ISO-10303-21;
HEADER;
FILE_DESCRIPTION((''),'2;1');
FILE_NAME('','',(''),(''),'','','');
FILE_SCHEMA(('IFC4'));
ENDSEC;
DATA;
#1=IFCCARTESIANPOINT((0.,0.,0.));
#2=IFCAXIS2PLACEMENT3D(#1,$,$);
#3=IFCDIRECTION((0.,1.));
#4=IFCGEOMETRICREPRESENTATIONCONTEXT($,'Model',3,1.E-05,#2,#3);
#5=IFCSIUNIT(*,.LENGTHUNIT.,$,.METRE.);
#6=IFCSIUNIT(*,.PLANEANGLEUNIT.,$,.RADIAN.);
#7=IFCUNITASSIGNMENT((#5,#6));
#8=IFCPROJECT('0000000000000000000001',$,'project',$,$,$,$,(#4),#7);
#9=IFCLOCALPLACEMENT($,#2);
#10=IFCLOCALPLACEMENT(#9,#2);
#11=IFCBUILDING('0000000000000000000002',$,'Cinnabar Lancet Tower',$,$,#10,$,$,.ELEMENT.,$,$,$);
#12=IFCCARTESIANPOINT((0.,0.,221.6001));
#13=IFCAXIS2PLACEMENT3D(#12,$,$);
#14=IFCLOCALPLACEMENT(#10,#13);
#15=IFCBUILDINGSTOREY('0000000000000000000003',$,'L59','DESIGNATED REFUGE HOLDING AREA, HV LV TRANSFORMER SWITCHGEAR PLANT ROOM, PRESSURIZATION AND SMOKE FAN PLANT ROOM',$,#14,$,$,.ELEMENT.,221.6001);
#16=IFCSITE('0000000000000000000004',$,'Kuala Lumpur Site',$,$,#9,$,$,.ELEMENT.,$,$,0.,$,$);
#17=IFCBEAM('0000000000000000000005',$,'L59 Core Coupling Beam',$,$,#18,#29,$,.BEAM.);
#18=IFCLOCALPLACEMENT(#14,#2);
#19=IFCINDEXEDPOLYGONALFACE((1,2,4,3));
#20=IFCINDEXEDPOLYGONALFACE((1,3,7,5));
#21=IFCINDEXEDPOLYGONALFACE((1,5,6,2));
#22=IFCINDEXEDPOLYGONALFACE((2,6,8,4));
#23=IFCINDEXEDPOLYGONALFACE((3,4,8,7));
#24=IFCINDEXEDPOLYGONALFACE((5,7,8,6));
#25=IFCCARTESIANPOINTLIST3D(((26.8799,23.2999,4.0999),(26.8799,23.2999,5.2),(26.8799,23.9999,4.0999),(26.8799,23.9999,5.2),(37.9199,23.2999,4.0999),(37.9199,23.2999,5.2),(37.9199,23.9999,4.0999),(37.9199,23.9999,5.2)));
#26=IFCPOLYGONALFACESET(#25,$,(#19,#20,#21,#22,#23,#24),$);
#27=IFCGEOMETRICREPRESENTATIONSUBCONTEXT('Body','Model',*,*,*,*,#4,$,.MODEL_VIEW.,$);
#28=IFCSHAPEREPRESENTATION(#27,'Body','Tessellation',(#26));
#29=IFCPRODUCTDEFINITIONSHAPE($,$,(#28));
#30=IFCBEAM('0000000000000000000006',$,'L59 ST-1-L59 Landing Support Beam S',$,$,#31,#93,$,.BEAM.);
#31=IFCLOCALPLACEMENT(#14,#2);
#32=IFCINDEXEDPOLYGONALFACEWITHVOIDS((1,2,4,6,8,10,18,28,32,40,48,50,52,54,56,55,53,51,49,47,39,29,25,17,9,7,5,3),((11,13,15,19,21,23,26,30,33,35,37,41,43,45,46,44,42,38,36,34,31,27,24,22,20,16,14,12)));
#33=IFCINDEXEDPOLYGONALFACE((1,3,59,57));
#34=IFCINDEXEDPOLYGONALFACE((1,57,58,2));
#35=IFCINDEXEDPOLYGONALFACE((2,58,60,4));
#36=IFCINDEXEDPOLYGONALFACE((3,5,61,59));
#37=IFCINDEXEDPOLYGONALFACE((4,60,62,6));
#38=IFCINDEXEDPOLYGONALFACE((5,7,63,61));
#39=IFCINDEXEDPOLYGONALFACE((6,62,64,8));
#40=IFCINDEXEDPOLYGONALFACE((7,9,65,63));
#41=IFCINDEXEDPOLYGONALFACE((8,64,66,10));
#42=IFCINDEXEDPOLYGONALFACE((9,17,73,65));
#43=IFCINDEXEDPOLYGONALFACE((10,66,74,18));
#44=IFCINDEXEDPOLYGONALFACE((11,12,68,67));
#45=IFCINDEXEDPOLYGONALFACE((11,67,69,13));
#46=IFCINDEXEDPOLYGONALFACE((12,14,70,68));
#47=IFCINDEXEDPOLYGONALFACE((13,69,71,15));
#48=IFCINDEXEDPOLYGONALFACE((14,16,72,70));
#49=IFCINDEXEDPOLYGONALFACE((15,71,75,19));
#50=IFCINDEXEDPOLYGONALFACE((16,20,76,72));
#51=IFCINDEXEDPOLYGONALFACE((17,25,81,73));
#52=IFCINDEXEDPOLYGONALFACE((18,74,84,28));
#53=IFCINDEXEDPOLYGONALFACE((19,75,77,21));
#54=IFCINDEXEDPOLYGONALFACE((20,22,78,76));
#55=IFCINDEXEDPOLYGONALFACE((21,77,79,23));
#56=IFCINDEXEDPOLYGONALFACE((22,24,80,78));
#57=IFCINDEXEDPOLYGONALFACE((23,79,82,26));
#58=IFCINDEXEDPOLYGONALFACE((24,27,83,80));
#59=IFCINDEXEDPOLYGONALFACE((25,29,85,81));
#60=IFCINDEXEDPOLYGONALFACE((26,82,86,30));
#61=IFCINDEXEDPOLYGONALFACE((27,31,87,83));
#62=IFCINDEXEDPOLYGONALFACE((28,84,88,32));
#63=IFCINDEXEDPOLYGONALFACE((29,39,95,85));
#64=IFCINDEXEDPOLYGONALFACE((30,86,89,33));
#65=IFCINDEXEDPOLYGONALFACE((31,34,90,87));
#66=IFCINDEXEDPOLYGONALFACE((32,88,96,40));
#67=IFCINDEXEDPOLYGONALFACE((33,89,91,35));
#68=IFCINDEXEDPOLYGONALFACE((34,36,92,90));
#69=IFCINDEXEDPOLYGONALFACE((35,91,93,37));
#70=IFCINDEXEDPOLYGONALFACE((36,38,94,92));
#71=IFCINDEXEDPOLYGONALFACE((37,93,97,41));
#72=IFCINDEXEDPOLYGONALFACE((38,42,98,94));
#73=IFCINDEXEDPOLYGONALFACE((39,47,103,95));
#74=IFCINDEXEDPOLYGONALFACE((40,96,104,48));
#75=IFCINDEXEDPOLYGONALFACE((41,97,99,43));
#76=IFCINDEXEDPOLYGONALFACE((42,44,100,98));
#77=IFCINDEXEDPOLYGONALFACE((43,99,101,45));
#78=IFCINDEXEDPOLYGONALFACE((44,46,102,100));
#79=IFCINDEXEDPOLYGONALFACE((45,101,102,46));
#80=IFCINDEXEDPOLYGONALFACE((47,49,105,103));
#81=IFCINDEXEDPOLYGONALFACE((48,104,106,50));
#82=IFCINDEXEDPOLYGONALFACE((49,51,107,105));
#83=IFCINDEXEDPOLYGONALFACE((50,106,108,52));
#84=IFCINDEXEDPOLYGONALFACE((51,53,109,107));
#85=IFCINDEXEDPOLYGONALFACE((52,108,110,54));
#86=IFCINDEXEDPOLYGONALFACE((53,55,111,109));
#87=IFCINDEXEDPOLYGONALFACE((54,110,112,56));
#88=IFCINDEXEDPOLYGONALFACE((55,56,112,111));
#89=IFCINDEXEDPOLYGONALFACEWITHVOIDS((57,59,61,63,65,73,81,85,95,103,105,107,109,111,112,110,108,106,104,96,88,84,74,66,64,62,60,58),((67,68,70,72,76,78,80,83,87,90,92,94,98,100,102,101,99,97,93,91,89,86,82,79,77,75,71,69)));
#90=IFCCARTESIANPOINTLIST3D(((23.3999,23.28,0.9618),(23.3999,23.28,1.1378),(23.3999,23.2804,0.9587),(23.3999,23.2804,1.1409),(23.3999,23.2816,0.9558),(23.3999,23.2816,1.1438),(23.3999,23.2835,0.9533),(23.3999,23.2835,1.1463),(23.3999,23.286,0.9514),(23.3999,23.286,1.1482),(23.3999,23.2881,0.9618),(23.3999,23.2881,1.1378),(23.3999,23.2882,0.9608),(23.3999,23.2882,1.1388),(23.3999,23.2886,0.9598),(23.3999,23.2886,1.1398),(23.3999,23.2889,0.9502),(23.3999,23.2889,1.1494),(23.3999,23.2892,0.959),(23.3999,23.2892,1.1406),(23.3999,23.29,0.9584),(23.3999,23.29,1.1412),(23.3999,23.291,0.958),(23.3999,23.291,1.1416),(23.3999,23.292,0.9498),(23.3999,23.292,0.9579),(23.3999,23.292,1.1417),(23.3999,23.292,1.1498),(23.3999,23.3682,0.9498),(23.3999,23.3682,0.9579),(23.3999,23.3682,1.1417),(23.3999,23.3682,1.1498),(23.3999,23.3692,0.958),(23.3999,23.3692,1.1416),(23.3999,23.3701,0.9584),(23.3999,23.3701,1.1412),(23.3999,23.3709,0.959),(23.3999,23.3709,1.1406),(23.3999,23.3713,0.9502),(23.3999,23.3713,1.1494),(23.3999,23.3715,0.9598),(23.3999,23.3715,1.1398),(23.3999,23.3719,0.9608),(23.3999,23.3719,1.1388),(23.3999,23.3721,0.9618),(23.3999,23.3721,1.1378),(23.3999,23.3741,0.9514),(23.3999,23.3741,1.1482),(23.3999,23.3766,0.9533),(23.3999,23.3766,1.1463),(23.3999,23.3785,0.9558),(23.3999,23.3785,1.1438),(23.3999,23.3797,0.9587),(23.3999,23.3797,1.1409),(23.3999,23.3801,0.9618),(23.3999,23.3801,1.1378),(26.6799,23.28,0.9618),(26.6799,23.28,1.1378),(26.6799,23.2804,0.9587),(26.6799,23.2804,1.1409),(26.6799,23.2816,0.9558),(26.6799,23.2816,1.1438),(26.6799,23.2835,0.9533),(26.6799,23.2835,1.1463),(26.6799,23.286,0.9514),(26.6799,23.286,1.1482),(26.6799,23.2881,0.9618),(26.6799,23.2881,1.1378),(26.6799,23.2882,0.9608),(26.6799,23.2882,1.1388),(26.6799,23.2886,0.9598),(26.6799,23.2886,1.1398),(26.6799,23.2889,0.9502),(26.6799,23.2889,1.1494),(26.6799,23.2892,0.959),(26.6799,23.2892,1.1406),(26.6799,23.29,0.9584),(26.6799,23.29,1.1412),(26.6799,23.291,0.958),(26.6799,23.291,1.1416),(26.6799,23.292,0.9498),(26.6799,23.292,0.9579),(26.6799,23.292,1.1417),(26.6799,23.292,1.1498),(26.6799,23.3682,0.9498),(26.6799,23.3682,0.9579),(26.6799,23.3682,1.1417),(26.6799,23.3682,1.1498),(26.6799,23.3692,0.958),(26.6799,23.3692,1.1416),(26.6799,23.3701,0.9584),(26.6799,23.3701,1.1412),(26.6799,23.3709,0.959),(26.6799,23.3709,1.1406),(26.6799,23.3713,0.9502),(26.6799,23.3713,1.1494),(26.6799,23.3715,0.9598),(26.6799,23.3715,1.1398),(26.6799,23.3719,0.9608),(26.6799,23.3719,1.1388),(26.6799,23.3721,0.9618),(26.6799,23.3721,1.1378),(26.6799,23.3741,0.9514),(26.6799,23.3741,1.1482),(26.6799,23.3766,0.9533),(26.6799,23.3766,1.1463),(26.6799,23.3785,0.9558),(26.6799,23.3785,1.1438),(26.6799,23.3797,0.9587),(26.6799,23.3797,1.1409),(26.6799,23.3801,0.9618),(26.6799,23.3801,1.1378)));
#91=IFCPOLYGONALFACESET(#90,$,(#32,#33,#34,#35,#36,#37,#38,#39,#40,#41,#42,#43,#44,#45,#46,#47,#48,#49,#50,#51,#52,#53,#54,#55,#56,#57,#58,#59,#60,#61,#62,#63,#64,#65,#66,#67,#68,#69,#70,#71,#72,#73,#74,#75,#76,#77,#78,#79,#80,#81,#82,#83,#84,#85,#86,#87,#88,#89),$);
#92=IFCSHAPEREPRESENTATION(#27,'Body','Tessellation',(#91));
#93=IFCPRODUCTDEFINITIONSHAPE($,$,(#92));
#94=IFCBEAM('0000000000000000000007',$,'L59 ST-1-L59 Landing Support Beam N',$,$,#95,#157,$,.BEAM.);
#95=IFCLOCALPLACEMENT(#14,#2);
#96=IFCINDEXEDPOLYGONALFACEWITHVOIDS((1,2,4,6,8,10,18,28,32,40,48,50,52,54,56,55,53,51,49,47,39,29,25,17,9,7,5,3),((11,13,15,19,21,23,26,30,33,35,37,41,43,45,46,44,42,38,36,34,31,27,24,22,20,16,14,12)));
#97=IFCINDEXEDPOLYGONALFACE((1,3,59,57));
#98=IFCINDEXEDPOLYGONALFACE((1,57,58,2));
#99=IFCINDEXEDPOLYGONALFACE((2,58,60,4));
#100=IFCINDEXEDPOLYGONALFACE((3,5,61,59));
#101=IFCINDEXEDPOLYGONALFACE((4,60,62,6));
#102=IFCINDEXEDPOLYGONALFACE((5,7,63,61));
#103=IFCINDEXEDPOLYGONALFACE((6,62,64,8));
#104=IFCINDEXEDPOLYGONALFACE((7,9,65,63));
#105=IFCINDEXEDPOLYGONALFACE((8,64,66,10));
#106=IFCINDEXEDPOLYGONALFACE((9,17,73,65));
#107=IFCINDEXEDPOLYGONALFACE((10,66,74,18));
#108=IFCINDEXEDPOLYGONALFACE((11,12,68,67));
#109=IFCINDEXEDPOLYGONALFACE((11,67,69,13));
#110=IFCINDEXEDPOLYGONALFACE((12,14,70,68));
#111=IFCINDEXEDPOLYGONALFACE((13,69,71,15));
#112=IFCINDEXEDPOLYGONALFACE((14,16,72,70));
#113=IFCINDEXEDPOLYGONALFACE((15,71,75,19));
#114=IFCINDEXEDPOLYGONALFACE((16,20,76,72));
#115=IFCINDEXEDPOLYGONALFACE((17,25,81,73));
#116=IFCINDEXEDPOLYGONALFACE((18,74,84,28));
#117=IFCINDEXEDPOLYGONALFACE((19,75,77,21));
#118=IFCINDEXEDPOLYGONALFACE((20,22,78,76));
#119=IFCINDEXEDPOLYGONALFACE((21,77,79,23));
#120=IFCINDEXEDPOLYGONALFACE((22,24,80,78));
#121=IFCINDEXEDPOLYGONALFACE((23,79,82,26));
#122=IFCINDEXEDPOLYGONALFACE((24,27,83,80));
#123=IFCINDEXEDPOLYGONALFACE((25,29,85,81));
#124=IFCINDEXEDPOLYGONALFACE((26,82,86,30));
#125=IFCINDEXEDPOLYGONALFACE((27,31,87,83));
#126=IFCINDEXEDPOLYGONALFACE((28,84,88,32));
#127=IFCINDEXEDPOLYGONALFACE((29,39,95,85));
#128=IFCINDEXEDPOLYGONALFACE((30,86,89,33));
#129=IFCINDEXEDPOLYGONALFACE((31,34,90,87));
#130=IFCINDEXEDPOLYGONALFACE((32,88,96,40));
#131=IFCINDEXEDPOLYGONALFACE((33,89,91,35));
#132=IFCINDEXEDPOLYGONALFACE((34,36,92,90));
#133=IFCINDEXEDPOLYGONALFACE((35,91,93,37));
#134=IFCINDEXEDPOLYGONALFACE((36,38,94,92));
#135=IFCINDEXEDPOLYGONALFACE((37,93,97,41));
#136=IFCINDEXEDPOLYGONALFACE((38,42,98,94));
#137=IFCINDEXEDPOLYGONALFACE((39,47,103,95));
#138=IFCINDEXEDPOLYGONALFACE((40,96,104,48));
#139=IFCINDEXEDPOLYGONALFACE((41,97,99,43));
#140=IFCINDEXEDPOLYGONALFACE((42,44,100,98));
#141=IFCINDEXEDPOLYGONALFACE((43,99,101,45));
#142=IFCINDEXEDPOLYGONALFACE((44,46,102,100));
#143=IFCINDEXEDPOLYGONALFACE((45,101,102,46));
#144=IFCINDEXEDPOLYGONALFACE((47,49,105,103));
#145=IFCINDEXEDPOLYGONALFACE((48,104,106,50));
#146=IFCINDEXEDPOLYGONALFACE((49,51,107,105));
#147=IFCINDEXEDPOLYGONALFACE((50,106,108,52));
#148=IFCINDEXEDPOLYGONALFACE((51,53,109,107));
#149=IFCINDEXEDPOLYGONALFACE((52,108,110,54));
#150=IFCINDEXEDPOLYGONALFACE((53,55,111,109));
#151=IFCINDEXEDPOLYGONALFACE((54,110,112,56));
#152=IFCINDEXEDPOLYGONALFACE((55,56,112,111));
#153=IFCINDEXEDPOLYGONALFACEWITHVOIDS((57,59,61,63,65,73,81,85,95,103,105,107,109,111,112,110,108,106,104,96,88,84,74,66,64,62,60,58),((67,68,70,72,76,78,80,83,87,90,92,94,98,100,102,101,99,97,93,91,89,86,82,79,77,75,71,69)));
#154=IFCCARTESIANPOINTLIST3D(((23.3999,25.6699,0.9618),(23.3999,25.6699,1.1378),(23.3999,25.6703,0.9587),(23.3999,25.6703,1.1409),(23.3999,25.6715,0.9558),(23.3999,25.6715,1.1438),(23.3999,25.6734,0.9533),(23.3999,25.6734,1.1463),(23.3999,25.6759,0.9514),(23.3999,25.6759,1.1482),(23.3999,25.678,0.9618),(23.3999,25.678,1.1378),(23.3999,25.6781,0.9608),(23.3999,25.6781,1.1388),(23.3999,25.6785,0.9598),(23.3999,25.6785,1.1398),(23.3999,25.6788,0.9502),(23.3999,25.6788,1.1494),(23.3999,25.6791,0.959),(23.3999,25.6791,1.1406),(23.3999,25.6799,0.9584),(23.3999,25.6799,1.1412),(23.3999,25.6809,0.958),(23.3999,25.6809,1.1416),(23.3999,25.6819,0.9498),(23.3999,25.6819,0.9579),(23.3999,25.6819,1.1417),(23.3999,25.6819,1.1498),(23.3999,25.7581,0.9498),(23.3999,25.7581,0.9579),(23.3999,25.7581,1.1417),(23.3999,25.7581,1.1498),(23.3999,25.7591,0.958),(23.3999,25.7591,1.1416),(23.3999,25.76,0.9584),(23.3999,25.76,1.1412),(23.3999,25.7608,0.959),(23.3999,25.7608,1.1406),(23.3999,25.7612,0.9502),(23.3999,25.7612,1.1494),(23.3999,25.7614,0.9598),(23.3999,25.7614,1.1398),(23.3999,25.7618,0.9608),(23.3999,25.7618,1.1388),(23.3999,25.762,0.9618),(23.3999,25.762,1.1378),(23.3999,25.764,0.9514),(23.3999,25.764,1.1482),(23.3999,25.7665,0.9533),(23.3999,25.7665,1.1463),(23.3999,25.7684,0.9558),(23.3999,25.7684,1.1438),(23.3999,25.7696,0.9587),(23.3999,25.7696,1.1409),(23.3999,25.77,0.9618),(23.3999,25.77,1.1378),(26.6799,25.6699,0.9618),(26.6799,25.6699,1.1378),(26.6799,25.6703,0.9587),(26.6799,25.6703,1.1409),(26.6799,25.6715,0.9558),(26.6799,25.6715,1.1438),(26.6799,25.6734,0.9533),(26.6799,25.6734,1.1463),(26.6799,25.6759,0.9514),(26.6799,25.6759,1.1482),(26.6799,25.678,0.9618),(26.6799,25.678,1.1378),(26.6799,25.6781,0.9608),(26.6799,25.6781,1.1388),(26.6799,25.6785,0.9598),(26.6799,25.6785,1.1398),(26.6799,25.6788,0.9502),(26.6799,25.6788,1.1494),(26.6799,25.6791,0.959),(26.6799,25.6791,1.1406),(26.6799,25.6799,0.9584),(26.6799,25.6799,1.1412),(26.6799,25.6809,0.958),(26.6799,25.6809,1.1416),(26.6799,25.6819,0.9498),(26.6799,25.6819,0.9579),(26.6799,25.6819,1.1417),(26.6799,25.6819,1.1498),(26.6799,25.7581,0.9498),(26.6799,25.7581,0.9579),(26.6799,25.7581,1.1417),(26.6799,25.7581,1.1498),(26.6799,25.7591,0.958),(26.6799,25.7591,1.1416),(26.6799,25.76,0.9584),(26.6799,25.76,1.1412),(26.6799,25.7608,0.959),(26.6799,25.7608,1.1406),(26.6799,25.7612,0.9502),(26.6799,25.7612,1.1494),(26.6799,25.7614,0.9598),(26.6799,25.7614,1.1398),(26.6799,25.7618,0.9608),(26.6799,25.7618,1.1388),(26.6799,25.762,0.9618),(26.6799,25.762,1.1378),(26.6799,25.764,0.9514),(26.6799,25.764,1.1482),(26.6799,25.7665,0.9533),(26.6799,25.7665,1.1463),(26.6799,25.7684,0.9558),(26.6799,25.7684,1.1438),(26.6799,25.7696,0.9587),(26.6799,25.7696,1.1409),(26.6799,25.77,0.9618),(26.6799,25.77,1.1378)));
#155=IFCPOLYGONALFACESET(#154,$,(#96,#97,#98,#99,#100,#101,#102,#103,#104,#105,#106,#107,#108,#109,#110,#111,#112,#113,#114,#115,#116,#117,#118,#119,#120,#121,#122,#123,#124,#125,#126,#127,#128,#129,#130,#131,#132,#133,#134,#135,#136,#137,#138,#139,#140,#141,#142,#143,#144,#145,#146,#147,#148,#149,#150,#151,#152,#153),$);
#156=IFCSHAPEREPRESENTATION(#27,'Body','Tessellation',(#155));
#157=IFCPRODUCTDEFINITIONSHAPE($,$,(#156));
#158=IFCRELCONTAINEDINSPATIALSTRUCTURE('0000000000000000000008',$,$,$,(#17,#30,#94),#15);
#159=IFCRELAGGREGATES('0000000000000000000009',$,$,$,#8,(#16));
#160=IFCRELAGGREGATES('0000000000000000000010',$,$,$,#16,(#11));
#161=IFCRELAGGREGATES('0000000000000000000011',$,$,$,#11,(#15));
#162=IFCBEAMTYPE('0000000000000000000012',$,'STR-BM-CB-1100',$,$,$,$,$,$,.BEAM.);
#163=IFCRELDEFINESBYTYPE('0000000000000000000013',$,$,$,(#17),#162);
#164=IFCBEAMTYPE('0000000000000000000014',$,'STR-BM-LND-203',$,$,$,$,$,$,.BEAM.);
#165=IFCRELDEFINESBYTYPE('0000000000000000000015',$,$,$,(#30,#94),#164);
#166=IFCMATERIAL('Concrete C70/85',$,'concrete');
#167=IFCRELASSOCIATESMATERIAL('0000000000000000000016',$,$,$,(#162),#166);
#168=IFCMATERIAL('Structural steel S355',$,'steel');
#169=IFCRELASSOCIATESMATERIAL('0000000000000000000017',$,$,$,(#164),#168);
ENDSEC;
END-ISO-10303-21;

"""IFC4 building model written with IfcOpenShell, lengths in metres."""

from ifc_helpers import new_model, si_unit, direction, frame, origin, origin_2d, place, context, subcontext, project, spatial, rectangle, hollow_rectangle, extrude, material, material_profile, profile_set, type_object, element, save


model = new_model("IFC4")

# Units and contexts
model_context = context("Model", 3, precision=1e-05, world=origin(), true_north=direction((0.0, 1.0)))
body_context = subcontext(model_context, "Body", "Model", "MODEL_VIEW")
ifc_project = project(units=[si_unit("LENGTHUNIT", "METRE"), si_unit("PLANEANGLEUNIT", "RADIAN")], contexts=[model_context])

# Site, building, storey
site_placement = place(None, origin())
site = spatial("IfcSite", under=ifc_project, at=site_placement, Name="Kuala Lumpur Site", CompositionType="ELEMENT", RefElevation=0.0)
building_placement = place(site_placement, origin())
building = spatial("IfcBuilding", under=site, at=building_placement, Name="Cinnabar Lancet Tower", CompositionType="ELEMENT")
storey_placement = place(building_placement, frame((0.0, 0.0, 221.6001)))
storey = spatial("IfcBuildingStorey", under=building, at=storey_placement, Name="L59", Description="DESIGNATED REFUGE HOLDING AREA, HV LV TRANSFORMER SWITCHGEAR PLANT ROOM, PRESSURIZATION AND SMOKE FAN PLANT ROOM", CompositionType="ELEMENT", Elevation=221.6001)

# Beams
ifc_material_1 = material(Name="Concrete C70/85", Category="concrete")
ifc_material_profile_1 = material_profile(ifc_material_1, rectangle(XDim=0.7, YDim=1.1001, at=origin_2d()), Name="RC-CB 700x1100")
ifc_profile_set_1 = profile_set([ifc_material_profile_1], Name="Concrete C70/85")
beam_type_1 = type_object("IfcBeamType", Name="STR-BM-CB-1100", PredefinedType="BEAM", material=ifc_profile_set_1)
beam_1_placement = place(storey_placement, frame((26.8799, 23.6499, 4.6499), z_axis=(1.0, 0.0, 0.0), x_axis=(0.0, 1.0, 0.0)))
element("IfcBeam", 1, at=beam_1_placement, inside=storey, type_object=beam_type_1, Name="L59 Core Coupling Beam", PredefinedType="BEAM", context=body_context, shape_type="SweptSolid", body=[
    extrude(rectangle(XDim=0.7, YDim=1.1001, at=origin_2d()), origin(), (0.0, 0.0, 1.0), 11.04),
])
ifc_material_2 = material(Name="Structural steel S355", Category="steel")
ifc_material_profile_2 = material_profile(ifc_material_2, hollow_rectangle(XDim=0.1001, YDim=0.2, WallThickness=0.0081, InnerFilletRadius=0.0039, OuterFilletRadius=0.012, at=origin_2d()), Name="RHS 200x100x8")
ifc_profile_set_2 = profile_set([ifc_material_profile_2], Name="Structural steel S355")
beam_type_2 = type_object("IfcBeamType", Name="STR-BM-LND-203", PredefinedType="BEAM", material=ifc_profile_set_2)
for number, where, z_axis, x_axis, name in (
    (2, (23.3999, 23.3301, 1.0498), (1.0, 0.0, 0.0), (0.0, 1.0, 0.0), "L59 ST-1-L59 Landing Support Beam S"),
    (3, (23.3999, 25.72, 1.0498), (1.0, 0.0, 0.0), (0.0, 1.0, 0.0), "L59 ST-1-L59 Landing Support Beam N"),
):
    element("IfcBeam", number, at=place(storey_placement, frame(where, z_axis=z_axis, x_axis=x_axis)), inside=storey, type_object=beam_type_2, Name=name, PredefinedType="BEAM", context=body_context, shape_type="SweptSolid", body=[
        extrude(hollow_rectangle(XDim=0.1001, YDim=0.2, WallThickness=0.0081, InnerFilletRadius=0.0039, OuterFilletRadius=0.012, at=origin_2d()), origin(), (0.0, 0.0, 1.0), 3.28),
    ])

save(model, "model.ifc")
